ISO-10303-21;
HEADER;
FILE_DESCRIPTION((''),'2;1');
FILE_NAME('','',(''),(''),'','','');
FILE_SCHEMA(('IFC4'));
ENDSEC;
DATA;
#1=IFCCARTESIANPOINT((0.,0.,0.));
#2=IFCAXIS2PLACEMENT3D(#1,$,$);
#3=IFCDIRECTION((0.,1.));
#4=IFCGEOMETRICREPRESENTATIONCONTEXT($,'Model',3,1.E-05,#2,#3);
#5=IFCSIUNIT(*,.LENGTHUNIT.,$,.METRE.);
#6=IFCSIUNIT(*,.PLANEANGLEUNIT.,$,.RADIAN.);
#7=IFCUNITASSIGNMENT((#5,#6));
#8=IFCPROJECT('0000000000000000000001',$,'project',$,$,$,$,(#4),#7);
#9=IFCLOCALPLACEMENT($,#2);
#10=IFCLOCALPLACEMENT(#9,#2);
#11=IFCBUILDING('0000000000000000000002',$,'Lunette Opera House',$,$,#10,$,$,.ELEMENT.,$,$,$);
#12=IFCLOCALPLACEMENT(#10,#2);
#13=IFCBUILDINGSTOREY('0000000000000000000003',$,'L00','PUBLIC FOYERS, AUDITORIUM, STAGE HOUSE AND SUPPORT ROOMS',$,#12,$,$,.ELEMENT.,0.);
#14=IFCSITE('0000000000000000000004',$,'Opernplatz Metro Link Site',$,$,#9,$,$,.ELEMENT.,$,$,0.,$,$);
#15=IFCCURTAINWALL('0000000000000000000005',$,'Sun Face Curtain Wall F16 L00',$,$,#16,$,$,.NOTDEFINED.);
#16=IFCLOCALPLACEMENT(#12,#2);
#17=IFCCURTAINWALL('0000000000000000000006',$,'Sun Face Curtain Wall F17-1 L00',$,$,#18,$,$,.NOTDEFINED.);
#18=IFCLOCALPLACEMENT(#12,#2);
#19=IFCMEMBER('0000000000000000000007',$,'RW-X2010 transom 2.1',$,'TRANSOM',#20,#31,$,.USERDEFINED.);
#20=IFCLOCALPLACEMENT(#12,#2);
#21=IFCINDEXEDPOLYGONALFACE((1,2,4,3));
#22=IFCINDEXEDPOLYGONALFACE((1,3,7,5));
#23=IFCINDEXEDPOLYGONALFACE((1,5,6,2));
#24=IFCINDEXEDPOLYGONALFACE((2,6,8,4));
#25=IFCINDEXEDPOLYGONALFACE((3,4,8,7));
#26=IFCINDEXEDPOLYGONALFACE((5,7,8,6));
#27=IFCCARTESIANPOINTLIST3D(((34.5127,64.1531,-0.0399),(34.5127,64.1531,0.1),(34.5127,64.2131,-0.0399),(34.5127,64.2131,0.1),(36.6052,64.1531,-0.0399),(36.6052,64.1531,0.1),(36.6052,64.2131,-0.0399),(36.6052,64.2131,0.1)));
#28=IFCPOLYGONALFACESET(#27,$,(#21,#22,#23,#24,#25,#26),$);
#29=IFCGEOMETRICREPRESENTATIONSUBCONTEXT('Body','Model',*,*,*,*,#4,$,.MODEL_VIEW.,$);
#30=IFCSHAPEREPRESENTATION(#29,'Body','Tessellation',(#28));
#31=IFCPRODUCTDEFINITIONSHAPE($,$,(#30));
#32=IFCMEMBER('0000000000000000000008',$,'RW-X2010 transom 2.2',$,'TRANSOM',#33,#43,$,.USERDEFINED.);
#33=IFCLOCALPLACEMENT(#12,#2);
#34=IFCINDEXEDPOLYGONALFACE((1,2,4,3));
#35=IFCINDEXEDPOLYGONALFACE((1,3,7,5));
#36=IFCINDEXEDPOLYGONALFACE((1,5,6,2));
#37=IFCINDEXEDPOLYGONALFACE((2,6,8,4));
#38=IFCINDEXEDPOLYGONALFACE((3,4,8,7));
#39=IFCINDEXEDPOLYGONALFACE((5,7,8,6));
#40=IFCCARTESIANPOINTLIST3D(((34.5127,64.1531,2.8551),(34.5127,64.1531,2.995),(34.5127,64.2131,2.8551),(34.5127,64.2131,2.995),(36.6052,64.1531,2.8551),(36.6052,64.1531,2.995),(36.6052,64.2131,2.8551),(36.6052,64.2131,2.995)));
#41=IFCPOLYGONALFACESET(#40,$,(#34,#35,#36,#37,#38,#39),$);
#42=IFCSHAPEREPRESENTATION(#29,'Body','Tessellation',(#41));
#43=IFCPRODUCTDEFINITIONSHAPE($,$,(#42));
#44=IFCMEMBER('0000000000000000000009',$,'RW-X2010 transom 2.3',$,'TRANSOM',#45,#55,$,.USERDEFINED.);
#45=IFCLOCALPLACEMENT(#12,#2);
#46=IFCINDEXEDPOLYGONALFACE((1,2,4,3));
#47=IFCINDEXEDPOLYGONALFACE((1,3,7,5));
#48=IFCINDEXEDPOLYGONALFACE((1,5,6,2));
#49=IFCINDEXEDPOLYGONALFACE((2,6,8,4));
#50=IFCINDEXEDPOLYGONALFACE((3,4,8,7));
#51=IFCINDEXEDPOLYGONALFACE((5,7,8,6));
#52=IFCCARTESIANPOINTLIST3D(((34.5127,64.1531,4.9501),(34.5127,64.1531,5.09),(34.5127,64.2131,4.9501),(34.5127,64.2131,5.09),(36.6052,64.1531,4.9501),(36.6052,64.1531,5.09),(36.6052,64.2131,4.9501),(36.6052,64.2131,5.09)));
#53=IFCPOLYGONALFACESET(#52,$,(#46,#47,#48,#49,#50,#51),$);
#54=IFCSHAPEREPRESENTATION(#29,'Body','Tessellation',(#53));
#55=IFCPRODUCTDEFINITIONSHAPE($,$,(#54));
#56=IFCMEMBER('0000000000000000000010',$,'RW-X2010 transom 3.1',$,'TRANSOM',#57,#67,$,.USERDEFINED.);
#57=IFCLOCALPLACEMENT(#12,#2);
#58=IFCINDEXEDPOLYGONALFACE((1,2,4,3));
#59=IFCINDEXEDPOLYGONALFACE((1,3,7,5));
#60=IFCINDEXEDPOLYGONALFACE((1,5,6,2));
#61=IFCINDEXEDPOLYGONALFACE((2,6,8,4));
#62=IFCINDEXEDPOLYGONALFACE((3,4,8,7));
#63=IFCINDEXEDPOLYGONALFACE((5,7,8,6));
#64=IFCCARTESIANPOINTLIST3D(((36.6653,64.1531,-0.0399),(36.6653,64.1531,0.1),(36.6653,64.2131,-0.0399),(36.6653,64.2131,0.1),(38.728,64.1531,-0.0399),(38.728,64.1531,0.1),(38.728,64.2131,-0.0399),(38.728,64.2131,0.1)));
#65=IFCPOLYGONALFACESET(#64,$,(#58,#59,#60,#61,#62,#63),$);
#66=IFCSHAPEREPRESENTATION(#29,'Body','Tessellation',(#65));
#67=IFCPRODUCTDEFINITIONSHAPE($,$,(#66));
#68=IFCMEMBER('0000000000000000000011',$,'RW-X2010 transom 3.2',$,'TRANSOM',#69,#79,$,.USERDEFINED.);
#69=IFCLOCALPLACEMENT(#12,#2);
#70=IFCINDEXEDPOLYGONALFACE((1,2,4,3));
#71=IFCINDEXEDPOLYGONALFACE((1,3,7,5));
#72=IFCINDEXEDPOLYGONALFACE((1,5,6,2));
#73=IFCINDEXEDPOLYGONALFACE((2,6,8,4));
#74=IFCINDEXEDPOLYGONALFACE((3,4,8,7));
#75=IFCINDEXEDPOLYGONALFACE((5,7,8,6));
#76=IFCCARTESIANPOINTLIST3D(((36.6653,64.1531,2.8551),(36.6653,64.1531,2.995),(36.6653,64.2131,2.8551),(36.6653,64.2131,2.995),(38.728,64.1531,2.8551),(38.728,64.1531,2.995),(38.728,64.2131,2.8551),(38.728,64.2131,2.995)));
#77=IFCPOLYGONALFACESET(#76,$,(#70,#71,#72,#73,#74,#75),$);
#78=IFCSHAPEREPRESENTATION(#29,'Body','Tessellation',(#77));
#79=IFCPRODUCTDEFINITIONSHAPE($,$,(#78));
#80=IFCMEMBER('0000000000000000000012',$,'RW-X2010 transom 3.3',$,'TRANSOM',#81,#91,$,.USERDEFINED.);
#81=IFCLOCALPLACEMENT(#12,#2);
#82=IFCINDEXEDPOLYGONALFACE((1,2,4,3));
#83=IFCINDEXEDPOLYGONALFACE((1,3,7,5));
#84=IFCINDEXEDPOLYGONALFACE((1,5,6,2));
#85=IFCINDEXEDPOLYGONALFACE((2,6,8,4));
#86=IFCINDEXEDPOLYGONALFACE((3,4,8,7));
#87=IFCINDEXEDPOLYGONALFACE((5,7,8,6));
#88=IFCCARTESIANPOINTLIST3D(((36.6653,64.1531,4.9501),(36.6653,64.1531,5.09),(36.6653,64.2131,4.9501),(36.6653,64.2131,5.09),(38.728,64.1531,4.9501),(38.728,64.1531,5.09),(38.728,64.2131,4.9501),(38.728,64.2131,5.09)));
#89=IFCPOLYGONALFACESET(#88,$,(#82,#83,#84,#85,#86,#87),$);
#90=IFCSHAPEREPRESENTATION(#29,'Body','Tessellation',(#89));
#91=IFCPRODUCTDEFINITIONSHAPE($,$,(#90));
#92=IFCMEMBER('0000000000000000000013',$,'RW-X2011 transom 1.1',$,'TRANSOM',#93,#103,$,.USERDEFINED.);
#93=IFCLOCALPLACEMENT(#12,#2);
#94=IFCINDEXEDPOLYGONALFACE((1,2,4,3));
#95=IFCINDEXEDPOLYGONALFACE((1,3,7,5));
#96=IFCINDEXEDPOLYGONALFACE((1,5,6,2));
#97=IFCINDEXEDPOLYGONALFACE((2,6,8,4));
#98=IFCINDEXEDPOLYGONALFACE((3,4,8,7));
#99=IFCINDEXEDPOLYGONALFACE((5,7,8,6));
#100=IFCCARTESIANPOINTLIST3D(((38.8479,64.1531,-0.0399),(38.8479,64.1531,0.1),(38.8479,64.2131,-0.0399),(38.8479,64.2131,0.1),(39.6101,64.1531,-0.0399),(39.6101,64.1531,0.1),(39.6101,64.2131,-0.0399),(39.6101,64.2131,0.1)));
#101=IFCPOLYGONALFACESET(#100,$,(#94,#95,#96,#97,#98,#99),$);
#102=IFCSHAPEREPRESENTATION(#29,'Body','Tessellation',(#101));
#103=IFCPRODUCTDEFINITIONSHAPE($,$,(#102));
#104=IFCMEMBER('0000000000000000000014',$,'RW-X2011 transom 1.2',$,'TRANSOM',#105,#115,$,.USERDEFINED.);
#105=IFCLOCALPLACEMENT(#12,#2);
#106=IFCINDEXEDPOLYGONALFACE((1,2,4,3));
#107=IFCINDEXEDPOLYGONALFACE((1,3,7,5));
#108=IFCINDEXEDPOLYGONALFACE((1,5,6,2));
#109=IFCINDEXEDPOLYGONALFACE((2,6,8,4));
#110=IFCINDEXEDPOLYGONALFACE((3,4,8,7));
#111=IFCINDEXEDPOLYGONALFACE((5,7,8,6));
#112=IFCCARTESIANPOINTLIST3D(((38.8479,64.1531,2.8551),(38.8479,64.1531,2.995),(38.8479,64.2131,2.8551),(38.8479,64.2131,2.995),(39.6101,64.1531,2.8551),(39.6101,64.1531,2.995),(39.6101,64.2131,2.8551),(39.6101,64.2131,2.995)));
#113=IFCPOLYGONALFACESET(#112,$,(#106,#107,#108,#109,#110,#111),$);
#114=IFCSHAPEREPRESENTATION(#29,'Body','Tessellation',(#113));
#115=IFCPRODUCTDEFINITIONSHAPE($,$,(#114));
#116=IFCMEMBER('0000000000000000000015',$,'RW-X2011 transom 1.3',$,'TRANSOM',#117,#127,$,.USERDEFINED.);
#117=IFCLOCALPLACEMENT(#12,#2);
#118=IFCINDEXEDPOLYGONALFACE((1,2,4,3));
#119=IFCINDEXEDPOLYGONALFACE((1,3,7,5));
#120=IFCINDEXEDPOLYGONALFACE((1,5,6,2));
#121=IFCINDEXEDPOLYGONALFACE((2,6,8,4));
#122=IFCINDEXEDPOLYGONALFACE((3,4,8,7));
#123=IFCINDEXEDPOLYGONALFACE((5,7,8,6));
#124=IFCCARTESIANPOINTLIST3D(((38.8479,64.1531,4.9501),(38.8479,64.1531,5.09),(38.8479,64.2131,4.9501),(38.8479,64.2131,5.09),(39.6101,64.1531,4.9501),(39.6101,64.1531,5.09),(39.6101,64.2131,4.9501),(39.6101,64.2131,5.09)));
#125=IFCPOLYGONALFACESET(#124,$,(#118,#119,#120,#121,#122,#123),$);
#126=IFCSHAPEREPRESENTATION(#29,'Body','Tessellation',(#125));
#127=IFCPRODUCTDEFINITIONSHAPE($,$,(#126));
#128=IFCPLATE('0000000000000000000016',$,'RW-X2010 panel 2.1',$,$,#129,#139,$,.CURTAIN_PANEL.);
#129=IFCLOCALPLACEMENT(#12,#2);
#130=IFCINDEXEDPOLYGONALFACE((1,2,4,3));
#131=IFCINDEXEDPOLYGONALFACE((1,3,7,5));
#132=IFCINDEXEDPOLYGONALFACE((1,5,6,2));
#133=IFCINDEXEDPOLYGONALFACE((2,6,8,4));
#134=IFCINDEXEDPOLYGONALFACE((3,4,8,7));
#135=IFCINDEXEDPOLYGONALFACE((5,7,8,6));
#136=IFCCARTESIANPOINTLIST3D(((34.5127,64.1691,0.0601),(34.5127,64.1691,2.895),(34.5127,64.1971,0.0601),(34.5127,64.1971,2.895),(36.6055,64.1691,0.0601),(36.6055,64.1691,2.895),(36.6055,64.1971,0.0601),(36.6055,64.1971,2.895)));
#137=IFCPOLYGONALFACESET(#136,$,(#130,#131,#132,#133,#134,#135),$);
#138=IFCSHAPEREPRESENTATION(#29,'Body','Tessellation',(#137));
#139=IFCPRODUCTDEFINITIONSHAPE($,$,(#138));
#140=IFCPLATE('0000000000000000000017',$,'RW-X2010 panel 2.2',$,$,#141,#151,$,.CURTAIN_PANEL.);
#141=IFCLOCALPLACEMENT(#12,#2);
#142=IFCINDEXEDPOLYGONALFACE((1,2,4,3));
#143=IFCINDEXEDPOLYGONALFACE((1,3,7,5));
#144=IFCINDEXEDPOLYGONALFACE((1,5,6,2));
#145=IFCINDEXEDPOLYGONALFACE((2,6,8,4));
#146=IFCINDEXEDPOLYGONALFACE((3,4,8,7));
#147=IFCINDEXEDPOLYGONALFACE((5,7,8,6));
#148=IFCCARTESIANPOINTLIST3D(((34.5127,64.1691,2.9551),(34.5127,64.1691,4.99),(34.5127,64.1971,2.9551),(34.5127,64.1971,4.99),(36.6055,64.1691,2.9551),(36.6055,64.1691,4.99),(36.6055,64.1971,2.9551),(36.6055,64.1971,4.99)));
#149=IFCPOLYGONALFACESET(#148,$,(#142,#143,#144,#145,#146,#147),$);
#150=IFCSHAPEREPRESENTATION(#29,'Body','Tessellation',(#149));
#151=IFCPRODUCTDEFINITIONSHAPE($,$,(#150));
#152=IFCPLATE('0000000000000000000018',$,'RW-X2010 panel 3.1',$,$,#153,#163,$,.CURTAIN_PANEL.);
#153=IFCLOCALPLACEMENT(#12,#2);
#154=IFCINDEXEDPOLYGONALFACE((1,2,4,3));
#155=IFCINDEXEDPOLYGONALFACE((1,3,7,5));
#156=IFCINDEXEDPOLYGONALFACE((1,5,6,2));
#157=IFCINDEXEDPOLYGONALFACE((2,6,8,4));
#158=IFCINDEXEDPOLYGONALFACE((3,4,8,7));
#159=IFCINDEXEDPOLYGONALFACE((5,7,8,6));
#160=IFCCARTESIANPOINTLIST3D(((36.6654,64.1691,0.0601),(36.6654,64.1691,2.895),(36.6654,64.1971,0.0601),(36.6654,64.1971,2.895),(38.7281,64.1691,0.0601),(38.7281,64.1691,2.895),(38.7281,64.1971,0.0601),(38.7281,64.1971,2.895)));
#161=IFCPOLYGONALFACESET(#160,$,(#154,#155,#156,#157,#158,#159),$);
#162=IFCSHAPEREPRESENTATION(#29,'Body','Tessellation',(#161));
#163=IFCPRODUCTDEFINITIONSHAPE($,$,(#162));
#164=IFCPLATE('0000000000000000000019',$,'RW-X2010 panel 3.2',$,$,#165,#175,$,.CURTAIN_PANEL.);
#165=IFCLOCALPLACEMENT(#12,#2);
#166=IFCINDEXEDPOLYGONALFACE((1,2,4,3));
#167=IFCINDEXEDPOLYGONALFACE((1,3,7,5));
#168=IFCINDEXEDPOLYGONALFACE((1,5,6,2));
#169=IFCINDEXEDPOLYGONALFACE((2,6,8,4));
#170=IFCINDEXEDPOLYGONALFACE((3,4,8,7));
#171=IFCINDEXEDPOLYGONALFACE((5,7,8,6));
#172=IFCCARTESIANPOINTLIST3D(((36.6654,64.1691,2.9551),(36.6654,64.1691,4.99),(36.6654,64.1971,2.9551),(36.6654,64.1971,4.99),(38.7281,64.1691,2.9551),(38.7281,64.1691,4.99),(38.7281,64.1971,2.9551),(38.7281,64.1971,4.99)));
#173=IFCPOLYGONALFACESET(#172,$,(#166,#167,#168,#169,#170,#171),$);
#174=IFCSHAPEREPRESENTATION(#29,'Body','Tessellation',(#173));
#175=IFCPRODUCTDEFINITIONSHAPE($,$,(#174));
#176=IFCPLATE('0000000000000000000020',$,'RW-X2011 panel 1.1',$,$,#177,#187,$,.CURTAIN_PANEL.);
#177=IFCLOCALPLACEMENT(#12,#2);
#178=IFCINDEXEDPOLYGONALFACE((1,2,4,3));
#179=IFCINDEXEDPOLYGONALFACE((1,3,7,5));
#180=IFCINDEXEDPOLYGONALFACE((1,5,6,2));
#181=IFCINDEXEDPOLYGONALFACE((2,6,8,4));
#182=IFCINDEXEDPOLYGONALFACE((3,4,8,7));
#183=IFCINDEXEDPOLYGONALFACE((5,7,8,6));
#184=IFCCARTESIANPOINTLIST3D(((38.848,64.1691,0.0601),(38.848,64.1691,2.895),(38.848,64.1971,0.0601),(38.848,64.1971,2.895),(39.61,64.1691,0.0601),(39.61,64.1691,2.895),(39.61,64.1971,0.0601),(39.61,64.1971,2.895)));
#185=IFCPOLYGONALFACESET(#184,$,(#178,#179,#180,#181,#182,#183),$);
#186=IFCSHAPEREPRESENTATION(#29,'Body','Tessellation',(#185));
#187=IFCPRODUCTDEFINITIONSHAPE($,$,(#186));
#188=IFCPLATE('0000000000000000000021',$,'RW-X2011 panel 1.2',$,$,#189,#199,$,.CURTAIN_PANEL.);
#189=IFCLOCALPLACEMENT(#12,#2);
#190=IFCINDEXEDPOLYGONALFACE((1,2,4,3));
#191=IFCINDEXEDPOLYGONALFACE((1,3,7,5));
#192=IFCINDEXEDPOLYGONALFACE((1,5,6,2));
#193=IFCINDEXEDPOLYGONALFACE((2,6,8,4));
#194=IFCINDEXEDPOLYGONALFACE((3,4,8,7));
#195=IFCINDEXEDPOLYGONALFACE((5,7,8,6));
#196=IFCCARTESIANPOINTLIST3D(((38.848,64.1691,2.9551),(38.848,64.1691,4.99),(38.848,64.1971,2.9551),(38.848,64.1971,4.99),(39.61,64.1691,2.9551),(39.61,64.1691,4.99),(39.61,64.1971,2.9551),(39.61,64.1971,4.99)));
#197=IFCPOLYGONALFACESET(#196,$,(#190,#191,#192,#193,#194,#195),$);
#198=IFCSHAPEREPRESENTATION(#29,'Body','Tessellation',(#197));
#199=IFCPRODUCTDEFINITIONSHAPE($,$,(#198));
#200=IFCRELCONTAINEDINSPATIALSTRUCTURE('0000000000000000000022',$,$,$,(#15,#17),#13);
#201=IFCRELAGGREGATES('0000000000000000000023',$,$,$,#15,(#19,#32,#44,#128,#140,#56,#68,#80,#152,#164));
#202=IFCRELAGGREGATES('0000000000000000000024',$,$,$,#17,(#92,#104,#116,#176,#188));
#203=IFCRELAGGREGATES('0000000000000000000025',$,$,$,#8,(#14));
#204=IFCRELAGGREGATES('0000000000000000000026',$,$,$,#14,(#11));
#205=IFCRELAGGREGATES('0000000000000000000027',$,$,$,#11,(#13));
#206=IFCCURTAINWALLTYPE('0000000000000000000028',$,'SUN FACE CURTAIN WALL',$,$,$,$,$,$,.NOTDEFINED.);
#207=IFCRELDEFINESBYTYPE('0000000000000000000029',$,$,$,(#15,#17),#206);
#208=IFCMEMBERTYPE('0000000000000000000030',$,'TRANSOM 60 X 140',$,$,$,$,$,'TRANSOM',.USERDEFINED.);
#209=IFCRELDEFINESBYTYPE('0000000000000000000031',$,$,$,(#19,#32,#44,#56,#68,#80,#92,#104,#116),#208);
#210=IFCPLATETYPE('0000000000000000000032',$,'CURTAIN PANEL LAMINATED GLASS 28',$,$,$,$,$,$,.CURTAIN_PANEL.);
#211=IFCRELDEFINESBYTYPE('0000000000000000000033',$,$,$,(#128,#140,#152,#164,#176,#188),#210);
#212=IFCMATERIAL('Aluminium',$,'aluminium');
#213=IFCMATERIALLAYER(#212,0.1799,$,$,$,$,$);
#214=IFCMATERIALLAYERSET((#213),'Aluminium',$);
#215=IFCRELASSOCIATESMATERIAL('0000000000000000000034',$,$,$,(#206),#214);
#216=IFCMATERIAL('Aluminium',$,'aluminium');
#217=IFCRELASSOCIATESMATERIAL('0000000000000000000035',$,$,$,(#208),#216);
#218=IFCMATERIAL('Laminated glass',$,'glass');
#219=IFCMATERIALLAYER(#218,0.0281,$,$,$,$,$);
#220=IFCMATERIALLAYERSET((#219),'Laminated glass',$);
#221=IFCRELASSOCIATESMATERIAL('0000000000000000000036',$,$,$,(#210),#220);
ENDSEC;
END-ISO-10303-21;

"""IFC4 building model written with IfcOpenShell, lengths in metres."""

from ifc_helpers import new_model, si_unit, direction, frame, origin, origin_2d, place, context, subcontext, project, spatial, rectangle, extrude, material, layer, layer_set, material_profile, profile_set, type_object, element, aggregate, save


model = new_model("IFC4")

# Units and contexts
model_context = context("Model", 3, precision=1e-05, world=origin(), true_north=direction((0.0, 1.0)))
body_context = subcontext(model_context, "Body", "Model", "MODEL_VIEW")
ifc_project = project(units=[si_unit("LENGTHUNIT", "METRE"), si_unit("PLANEANGLEUNIT", "RADIAN")], contexts=[model_context])

# Site, building, storey
site_placement = place(None, origin())
site = spatial("IfcSite", under=ifc_project, at=site_placement, Name="Opernplatz Metro Link Site", CompositionType="ELEMENT", RefElevation=0.0)
building_placement = place(site_placement, origin())
building = spatial("IfcBuilding", under=site, at=building_placement, Name="Lunette Opera House", CompositionType="ELEMENT")
storey_placement = place(building_placement, origin())
storey = spatial("IfcBuildingStorey", under=building, at=storey_placement, Name="L00", Description="PUBLIC FOYERS, AUDITORIUM, STAGE HOUSE AND SUPPORT ROOMS", CompositionType="ELEMENT", Elevation=0.0)

# Curtain walls
ifc_material_1 = material(Name="Aluminium", Category="aluminium")
ifc_layer_1 = layer(ifc_material_1, 0.1799)
ifc_layer_set_1 = layer_set([ifc_layer_1], Name="Aluminium")
curtain_wall_type = type_object("IfcCurtainWallType", Name="SUN FACE CURTAIN WALL", PredefinedType="NOTDEFINED", material=ifc_layer_set_1)
curtain_wall_1_placement = place(storey_placement, origin())
curtain_wall_1 = element("IfcCurtainWall", 1, at=curtain_wall_1_placement, inside=storey, type_object=curtain_wall_type, Name="Sun Face Curtain Wall F16 L00", PredefinedType="NOTDEFINED")
curtain_wall_2_placement = place(storey_placement, origin())
curtain_wall_2 = element("IfcCurtainWall", 2, at=curtain_wall_2_placement, inside=storey, type_object=curtain_wall_type, Name="Sun Face Curtain Wall F17-1 L00", PredefinedType="NOTDEFINED")

# Members
ifc_material_2 = material(Name="Aluminium", Category="aluminium")
ifc_material_profile_1 = material_profile(ifc_material_2, rectangle(XDim=0.0601, YDim=0.1399, at=origin_2d()), Name="TRANSOM 60 X 140")
ifc_profile_set_1 = profile_set([ifc_material_profile_1], Name="Aluminium")
member_type_1 = type_object("IfcMemberType", Name="TRANSOM 60 X 140", ElementType="TRANSOM", PredefinedType="USERDEFINED", material=ifc_profile_set_1)
member_1_placement = place(storey_placement, frame((34.5127, 64.1831, 0.03), z_axis=(1.0, 0.0, 0.0), x_axis=(0.0, 1.0, 0.0)))
member_1 = element("IfcMember", 3, at=member_1_placement, type_object=member_type_1, Name="RW-X2010 transom 2.1", ObjectType="TRANSOM", PredefinedType="USERDEFINED", context=body_context, shape_type="SweptSolid", body=[
    extrude(rectangle(XDim=0.0601, YDim=0.1399, at=origin_2d()), origin(), (0.0, 0.0, 1.0), 2.0925),
])
member_2_placement = place(storey_placement, frame((34.5127, 64.1831, 2.925), z_axis=(1.0, 0.0, 0.0), x_axis=(0.0, 1.0, 0.0)))
member_2 = element("IfcMember", 4, at=member_2_placement, type_object=member_type_1, Name="RW-X2010 transom 2.2", ObjectType="TRANSOM", PredefinedType="USERDEFINED", context=body_context, shape_type="SweptSolid", body=[
    extrude(rectangle(XDim=0.0601, YDim=0.1399, at=origin_2d()), origin(), (0.0, 0.0, 1.0), 2.0925),
])
member_3_placement = place(storey_placement, frame((34.5127, 64.1831, 5.02), z_axis=(1.0, 0.0, 0.0), x_axis=(0.0, 1.0, 0.0)))
member_3 = element("IfcMember", 5, at=member_3_placement, type_object=member_type_1, Name="RW-X2010 transom 2.3", ObjectType="TRANSOM", PredefinedType="USERDEFINED", context=body_context, shape_type="SweptSolid", body=[
    extrude(rectangle(XDim=0.0601, YDim=0.1399, at=origin_2d()), origin(), (0.0, 0.0, 1.0), 2.0925),
])
member_4_placement = place(storey_placement, frame((36.6653, 64.1831, 0.03), z_axis=(1.0, 0.0, 0.0), x_axis=(0.0, 1.0, 0.0)))
member_4 = element("IfcMember", 6, at=member_4_placement, type_object=member_type_1, Name="RW-X2010 transom 3.1", ObjectType="TRANSOM", PredefinedType="USERDEFINED", context=body_context, shape_type="SweptSolid", body=[
    extrude(rectangle(XDim=0.0601, YDim=0.1399, at=origin_2d()), origin(), (0.0, 0.0, 1.0), 2.0627),
])
member_5_placement = place(storey_placement, frame((36.6653, 64.1831, 2.925), z_axis=(1.0, 0.0, 0.0), x_axis=(0.0, 1.0, 0.0)))
member_5 = element("IfcMember", 7, at=member_5_placement, type_object=member_type_1, Name="RW-X2010 transom 3.2", ObjectType="TRANSOM", PredefinedType="USERDEFINED", context=body_context, shape_type="SweptSolid", body=[
    extrude(rectangle(XDim=0.0601, YDim=0.1399, at=origin_2d()), origin(), (0.0, 0.0, 1.0), 2.0627),
])
member_6_placement = place(storey_placement, frame((36.6653, 64.1831, 5.02), z_axis=(1.0, 0.0, 0.0), x_axis=(0.0, 1.0, 0.0)))
member_6 = element("IfcMember", 8, at=member_6_placement, type_object=member_type_1, Name="RW-X2010 transom 3.3", ObjectType="TRANSOM", PredefinedType="USERDEFINED", context=body_context, shape_type="SweptSolid", body=[
    extrude(rectangle(XDim=0.0601, YDim=0.1399, at=origin_2d()), origin(), (0.0, 0.0, 1.0), 2.0627),
])
member_7_placement = place(storey_placement, frame((38.8479, 64.1831, 0.03), z_axis=(1.0, 0.0, 0.0), x_axis=(0.0, 1.0, 0.0)))
member_7 = element("IfcMember", 9, at=member_7_placement, type_object=member_type_1, Name="RW-X2011 transom 1.1", ObjectType="TRANSOM", PredefinedType="USERDEFINED", context=body_context, shape_type="SweptSolid", body=[
    extrude(rectangle(XDim=0.0601, YDim=0.1399, at=origin_2d()), origin(), (0.0, 0.0, 1.0), 0.7622),
])
member_8_placement = place(storey_placement, frame((38.8479, 64.1831, 2.925), z_axis=(1.0, 0.0, 0.0), x_axis=(0.0, 1.0, 0.0)))
member_8 = element("IfcMember", 10, at=member_8_placement, type_object=member_type_1, Name="RW-X2011 transom 1.2", ObjectType="TRANSOM", PredefinedType="USERDEFINED", context=body_context, shape_type="SweptSolid", body=[
    extrude(rectangle(XDim=0.0601, YDim=0.1399, at=origin_2d()), origin(), (0.0, 0.0, 1.0), 0.7622),
])
member_9_placement = place(storey_placement, frame((38.8479, 64.1831, 5.02), z_axis=(1.0, 0.0, 0.0), x_axis=(0.0, 1.0, 0.0)))
member_9 = element("IfcMember", 11, at=member_9_placement, type_object=member_type_1, Name="RW-X2011 transom 1.3", ObjectType="TRANSOM", PredefinedType="USERDEFINED", context=body_context, shape_type="SweptSolid", body=[
    extrude(rectangle(XDim=0.0601, YDim=0.1399, at=origin_2d()), origin(), (0.0, 0.0, 1.0), 0.7622),
])

# Plates
ifc_material_3 = material(Name="Laminated glass", Category="glass")
ifc_layer_2 = layer(ifc_material_3, 0.0281)
ifc_layer_set_2 = layer_set([ifc_layer_2], Name="Laminated glass")
plate_type = type_object("IfcPlateType", Name="CURTAIN PANEL LAMINATED GLASS 28", PredefinedType="CURTAIN_PANEL", material=ifc_layer_set_2)
plate_1_placement = place(storey_placement, frame((35.5591, 64.1831, 0.0601), z_axis=(0.0, 0.0, 1.0), x_axis=(1.0, 0.0, 0.0)))
plate_1 = element("IfcPlate", 12, at=plate_1_placement, type_object=plate_type, Name="RW-X2010 panel 2.1", PredefinedType="CURTAIN_PANEL", context=body_context, shape_type="SweptSolid", body=[
    extrude(rectangle(XDim=2.0928, YDim=0.0281, at=origin_2d()), origin(), (0.0, 0.0, 1.0), 2.835),
])
plate_2_placement = place(storey_placement, frame((35.5591, 64.1831, 2.9551), z_axis=(0.0, 0.0, 1.0), x_axis=(1.0, 0.0, 0.0)))
plate_2 = element("IfcPlate", 13, at=plate_2_placement, type_object=plate_type, Name="RW-X2010 panel 2.2", PredefinedType="CURTAIN_PANEL", context=body_context, shape_type="SweptSolid", body=[
    extrude(rectangle(XDim=2.0928, YDim=0.0281, at=origin_2d()), origin(), (0.0, 0.0, 1.0), 2.0349),
])
plate_3_placement = place(storey_placement, frame((37.6968, 64.1831, 0.0601), z_axis=(0.0, 0.0, 1.0), x_axis=(1.0, 0.0, 0.0)))
plate_3 = element("IfcPlate", 14, at=plate_3_placement, type_object=plate_type, Name="RW-X2010 panel 3.1", PredefinedType="CURTAIN_PANEL", context=body_context, shape_type="SweptSolid", body=[
    extrude(rectangle(XDim=2.0627, YDim=0.0281, at=origin_2d()), origin(), (0.0, 0.0, 1.0), 2.835),
])
plate_4_placement = place(storey_placement, frame((37.6968, 64.1831, 2.9551), z_axis=(0.0, 0.0, 1.0), x_axis=(1.0, 0.0, 0.0)))
plate_4 = element("IfcPlate", 15, at=plate_4_placement, type_object=plate_type, Name="RW-X2010 panel 3.2", PredefinedType="CURTAIN_PANEL", context=body_context, shape_type="SweptSolid", body=[
    extrude(rectangle(XDim=2.0627, YDim=0.0281, at=origin_2d()), origin(), (0.0, 0.0, 1.0), 2.0349),
])
aggregate(curtain_wall_1, [member_1, member_2, member_3, plate_1, plate_2, member_4, member_5, member_6, plate_3, plate_4])
plate_5_placement = place(storey_placement, frame((39.229, 64.1831, 0.0601), z_axis=(0.0, 0.0, 1.0), x_axis=(1.0, 0.0, 0.0)))
plate_5 = element("IfcPlate", 16, at=plate_5_placement, type_object=plate_type, Name="RW-X2011 panel 1.1", PredefinedType="CURTAIN_PANEL", context=body_context, shape_type="SweptSolid", body=[
    extrude(rectangle(XDim=0.762, YDim=0.0281, at=origin_2d()), origin(), (0.0, 0.0, 1.0), 2.835),
])
plate_6_placement = place(storey_placement, frame((39.229, 64.1831, 2.9551), z_axis=(0.0, 0.0, 1.0), x_axis=(1.0, 0.0, 0.0)))
plate_6 = element("IfcPlate", 17, at=plate_6_placement, type_object=plate_type, Name="RW-X2011 panel 1.2", PredefinedType="CURTAIN_PANEL", context=body_context, shape_type="SweptSolid", body=[
    extrude(rectangle(XDim=0.762, YDim=0.0281, at=origin_2d()), origin(), (0.0, 0.0, 1.0), 2.0349),
])
aggregate(curtain_wall_2, [member_7, member_8, member_9, plate_5, plate_6])

save(model, "model.ifc")
